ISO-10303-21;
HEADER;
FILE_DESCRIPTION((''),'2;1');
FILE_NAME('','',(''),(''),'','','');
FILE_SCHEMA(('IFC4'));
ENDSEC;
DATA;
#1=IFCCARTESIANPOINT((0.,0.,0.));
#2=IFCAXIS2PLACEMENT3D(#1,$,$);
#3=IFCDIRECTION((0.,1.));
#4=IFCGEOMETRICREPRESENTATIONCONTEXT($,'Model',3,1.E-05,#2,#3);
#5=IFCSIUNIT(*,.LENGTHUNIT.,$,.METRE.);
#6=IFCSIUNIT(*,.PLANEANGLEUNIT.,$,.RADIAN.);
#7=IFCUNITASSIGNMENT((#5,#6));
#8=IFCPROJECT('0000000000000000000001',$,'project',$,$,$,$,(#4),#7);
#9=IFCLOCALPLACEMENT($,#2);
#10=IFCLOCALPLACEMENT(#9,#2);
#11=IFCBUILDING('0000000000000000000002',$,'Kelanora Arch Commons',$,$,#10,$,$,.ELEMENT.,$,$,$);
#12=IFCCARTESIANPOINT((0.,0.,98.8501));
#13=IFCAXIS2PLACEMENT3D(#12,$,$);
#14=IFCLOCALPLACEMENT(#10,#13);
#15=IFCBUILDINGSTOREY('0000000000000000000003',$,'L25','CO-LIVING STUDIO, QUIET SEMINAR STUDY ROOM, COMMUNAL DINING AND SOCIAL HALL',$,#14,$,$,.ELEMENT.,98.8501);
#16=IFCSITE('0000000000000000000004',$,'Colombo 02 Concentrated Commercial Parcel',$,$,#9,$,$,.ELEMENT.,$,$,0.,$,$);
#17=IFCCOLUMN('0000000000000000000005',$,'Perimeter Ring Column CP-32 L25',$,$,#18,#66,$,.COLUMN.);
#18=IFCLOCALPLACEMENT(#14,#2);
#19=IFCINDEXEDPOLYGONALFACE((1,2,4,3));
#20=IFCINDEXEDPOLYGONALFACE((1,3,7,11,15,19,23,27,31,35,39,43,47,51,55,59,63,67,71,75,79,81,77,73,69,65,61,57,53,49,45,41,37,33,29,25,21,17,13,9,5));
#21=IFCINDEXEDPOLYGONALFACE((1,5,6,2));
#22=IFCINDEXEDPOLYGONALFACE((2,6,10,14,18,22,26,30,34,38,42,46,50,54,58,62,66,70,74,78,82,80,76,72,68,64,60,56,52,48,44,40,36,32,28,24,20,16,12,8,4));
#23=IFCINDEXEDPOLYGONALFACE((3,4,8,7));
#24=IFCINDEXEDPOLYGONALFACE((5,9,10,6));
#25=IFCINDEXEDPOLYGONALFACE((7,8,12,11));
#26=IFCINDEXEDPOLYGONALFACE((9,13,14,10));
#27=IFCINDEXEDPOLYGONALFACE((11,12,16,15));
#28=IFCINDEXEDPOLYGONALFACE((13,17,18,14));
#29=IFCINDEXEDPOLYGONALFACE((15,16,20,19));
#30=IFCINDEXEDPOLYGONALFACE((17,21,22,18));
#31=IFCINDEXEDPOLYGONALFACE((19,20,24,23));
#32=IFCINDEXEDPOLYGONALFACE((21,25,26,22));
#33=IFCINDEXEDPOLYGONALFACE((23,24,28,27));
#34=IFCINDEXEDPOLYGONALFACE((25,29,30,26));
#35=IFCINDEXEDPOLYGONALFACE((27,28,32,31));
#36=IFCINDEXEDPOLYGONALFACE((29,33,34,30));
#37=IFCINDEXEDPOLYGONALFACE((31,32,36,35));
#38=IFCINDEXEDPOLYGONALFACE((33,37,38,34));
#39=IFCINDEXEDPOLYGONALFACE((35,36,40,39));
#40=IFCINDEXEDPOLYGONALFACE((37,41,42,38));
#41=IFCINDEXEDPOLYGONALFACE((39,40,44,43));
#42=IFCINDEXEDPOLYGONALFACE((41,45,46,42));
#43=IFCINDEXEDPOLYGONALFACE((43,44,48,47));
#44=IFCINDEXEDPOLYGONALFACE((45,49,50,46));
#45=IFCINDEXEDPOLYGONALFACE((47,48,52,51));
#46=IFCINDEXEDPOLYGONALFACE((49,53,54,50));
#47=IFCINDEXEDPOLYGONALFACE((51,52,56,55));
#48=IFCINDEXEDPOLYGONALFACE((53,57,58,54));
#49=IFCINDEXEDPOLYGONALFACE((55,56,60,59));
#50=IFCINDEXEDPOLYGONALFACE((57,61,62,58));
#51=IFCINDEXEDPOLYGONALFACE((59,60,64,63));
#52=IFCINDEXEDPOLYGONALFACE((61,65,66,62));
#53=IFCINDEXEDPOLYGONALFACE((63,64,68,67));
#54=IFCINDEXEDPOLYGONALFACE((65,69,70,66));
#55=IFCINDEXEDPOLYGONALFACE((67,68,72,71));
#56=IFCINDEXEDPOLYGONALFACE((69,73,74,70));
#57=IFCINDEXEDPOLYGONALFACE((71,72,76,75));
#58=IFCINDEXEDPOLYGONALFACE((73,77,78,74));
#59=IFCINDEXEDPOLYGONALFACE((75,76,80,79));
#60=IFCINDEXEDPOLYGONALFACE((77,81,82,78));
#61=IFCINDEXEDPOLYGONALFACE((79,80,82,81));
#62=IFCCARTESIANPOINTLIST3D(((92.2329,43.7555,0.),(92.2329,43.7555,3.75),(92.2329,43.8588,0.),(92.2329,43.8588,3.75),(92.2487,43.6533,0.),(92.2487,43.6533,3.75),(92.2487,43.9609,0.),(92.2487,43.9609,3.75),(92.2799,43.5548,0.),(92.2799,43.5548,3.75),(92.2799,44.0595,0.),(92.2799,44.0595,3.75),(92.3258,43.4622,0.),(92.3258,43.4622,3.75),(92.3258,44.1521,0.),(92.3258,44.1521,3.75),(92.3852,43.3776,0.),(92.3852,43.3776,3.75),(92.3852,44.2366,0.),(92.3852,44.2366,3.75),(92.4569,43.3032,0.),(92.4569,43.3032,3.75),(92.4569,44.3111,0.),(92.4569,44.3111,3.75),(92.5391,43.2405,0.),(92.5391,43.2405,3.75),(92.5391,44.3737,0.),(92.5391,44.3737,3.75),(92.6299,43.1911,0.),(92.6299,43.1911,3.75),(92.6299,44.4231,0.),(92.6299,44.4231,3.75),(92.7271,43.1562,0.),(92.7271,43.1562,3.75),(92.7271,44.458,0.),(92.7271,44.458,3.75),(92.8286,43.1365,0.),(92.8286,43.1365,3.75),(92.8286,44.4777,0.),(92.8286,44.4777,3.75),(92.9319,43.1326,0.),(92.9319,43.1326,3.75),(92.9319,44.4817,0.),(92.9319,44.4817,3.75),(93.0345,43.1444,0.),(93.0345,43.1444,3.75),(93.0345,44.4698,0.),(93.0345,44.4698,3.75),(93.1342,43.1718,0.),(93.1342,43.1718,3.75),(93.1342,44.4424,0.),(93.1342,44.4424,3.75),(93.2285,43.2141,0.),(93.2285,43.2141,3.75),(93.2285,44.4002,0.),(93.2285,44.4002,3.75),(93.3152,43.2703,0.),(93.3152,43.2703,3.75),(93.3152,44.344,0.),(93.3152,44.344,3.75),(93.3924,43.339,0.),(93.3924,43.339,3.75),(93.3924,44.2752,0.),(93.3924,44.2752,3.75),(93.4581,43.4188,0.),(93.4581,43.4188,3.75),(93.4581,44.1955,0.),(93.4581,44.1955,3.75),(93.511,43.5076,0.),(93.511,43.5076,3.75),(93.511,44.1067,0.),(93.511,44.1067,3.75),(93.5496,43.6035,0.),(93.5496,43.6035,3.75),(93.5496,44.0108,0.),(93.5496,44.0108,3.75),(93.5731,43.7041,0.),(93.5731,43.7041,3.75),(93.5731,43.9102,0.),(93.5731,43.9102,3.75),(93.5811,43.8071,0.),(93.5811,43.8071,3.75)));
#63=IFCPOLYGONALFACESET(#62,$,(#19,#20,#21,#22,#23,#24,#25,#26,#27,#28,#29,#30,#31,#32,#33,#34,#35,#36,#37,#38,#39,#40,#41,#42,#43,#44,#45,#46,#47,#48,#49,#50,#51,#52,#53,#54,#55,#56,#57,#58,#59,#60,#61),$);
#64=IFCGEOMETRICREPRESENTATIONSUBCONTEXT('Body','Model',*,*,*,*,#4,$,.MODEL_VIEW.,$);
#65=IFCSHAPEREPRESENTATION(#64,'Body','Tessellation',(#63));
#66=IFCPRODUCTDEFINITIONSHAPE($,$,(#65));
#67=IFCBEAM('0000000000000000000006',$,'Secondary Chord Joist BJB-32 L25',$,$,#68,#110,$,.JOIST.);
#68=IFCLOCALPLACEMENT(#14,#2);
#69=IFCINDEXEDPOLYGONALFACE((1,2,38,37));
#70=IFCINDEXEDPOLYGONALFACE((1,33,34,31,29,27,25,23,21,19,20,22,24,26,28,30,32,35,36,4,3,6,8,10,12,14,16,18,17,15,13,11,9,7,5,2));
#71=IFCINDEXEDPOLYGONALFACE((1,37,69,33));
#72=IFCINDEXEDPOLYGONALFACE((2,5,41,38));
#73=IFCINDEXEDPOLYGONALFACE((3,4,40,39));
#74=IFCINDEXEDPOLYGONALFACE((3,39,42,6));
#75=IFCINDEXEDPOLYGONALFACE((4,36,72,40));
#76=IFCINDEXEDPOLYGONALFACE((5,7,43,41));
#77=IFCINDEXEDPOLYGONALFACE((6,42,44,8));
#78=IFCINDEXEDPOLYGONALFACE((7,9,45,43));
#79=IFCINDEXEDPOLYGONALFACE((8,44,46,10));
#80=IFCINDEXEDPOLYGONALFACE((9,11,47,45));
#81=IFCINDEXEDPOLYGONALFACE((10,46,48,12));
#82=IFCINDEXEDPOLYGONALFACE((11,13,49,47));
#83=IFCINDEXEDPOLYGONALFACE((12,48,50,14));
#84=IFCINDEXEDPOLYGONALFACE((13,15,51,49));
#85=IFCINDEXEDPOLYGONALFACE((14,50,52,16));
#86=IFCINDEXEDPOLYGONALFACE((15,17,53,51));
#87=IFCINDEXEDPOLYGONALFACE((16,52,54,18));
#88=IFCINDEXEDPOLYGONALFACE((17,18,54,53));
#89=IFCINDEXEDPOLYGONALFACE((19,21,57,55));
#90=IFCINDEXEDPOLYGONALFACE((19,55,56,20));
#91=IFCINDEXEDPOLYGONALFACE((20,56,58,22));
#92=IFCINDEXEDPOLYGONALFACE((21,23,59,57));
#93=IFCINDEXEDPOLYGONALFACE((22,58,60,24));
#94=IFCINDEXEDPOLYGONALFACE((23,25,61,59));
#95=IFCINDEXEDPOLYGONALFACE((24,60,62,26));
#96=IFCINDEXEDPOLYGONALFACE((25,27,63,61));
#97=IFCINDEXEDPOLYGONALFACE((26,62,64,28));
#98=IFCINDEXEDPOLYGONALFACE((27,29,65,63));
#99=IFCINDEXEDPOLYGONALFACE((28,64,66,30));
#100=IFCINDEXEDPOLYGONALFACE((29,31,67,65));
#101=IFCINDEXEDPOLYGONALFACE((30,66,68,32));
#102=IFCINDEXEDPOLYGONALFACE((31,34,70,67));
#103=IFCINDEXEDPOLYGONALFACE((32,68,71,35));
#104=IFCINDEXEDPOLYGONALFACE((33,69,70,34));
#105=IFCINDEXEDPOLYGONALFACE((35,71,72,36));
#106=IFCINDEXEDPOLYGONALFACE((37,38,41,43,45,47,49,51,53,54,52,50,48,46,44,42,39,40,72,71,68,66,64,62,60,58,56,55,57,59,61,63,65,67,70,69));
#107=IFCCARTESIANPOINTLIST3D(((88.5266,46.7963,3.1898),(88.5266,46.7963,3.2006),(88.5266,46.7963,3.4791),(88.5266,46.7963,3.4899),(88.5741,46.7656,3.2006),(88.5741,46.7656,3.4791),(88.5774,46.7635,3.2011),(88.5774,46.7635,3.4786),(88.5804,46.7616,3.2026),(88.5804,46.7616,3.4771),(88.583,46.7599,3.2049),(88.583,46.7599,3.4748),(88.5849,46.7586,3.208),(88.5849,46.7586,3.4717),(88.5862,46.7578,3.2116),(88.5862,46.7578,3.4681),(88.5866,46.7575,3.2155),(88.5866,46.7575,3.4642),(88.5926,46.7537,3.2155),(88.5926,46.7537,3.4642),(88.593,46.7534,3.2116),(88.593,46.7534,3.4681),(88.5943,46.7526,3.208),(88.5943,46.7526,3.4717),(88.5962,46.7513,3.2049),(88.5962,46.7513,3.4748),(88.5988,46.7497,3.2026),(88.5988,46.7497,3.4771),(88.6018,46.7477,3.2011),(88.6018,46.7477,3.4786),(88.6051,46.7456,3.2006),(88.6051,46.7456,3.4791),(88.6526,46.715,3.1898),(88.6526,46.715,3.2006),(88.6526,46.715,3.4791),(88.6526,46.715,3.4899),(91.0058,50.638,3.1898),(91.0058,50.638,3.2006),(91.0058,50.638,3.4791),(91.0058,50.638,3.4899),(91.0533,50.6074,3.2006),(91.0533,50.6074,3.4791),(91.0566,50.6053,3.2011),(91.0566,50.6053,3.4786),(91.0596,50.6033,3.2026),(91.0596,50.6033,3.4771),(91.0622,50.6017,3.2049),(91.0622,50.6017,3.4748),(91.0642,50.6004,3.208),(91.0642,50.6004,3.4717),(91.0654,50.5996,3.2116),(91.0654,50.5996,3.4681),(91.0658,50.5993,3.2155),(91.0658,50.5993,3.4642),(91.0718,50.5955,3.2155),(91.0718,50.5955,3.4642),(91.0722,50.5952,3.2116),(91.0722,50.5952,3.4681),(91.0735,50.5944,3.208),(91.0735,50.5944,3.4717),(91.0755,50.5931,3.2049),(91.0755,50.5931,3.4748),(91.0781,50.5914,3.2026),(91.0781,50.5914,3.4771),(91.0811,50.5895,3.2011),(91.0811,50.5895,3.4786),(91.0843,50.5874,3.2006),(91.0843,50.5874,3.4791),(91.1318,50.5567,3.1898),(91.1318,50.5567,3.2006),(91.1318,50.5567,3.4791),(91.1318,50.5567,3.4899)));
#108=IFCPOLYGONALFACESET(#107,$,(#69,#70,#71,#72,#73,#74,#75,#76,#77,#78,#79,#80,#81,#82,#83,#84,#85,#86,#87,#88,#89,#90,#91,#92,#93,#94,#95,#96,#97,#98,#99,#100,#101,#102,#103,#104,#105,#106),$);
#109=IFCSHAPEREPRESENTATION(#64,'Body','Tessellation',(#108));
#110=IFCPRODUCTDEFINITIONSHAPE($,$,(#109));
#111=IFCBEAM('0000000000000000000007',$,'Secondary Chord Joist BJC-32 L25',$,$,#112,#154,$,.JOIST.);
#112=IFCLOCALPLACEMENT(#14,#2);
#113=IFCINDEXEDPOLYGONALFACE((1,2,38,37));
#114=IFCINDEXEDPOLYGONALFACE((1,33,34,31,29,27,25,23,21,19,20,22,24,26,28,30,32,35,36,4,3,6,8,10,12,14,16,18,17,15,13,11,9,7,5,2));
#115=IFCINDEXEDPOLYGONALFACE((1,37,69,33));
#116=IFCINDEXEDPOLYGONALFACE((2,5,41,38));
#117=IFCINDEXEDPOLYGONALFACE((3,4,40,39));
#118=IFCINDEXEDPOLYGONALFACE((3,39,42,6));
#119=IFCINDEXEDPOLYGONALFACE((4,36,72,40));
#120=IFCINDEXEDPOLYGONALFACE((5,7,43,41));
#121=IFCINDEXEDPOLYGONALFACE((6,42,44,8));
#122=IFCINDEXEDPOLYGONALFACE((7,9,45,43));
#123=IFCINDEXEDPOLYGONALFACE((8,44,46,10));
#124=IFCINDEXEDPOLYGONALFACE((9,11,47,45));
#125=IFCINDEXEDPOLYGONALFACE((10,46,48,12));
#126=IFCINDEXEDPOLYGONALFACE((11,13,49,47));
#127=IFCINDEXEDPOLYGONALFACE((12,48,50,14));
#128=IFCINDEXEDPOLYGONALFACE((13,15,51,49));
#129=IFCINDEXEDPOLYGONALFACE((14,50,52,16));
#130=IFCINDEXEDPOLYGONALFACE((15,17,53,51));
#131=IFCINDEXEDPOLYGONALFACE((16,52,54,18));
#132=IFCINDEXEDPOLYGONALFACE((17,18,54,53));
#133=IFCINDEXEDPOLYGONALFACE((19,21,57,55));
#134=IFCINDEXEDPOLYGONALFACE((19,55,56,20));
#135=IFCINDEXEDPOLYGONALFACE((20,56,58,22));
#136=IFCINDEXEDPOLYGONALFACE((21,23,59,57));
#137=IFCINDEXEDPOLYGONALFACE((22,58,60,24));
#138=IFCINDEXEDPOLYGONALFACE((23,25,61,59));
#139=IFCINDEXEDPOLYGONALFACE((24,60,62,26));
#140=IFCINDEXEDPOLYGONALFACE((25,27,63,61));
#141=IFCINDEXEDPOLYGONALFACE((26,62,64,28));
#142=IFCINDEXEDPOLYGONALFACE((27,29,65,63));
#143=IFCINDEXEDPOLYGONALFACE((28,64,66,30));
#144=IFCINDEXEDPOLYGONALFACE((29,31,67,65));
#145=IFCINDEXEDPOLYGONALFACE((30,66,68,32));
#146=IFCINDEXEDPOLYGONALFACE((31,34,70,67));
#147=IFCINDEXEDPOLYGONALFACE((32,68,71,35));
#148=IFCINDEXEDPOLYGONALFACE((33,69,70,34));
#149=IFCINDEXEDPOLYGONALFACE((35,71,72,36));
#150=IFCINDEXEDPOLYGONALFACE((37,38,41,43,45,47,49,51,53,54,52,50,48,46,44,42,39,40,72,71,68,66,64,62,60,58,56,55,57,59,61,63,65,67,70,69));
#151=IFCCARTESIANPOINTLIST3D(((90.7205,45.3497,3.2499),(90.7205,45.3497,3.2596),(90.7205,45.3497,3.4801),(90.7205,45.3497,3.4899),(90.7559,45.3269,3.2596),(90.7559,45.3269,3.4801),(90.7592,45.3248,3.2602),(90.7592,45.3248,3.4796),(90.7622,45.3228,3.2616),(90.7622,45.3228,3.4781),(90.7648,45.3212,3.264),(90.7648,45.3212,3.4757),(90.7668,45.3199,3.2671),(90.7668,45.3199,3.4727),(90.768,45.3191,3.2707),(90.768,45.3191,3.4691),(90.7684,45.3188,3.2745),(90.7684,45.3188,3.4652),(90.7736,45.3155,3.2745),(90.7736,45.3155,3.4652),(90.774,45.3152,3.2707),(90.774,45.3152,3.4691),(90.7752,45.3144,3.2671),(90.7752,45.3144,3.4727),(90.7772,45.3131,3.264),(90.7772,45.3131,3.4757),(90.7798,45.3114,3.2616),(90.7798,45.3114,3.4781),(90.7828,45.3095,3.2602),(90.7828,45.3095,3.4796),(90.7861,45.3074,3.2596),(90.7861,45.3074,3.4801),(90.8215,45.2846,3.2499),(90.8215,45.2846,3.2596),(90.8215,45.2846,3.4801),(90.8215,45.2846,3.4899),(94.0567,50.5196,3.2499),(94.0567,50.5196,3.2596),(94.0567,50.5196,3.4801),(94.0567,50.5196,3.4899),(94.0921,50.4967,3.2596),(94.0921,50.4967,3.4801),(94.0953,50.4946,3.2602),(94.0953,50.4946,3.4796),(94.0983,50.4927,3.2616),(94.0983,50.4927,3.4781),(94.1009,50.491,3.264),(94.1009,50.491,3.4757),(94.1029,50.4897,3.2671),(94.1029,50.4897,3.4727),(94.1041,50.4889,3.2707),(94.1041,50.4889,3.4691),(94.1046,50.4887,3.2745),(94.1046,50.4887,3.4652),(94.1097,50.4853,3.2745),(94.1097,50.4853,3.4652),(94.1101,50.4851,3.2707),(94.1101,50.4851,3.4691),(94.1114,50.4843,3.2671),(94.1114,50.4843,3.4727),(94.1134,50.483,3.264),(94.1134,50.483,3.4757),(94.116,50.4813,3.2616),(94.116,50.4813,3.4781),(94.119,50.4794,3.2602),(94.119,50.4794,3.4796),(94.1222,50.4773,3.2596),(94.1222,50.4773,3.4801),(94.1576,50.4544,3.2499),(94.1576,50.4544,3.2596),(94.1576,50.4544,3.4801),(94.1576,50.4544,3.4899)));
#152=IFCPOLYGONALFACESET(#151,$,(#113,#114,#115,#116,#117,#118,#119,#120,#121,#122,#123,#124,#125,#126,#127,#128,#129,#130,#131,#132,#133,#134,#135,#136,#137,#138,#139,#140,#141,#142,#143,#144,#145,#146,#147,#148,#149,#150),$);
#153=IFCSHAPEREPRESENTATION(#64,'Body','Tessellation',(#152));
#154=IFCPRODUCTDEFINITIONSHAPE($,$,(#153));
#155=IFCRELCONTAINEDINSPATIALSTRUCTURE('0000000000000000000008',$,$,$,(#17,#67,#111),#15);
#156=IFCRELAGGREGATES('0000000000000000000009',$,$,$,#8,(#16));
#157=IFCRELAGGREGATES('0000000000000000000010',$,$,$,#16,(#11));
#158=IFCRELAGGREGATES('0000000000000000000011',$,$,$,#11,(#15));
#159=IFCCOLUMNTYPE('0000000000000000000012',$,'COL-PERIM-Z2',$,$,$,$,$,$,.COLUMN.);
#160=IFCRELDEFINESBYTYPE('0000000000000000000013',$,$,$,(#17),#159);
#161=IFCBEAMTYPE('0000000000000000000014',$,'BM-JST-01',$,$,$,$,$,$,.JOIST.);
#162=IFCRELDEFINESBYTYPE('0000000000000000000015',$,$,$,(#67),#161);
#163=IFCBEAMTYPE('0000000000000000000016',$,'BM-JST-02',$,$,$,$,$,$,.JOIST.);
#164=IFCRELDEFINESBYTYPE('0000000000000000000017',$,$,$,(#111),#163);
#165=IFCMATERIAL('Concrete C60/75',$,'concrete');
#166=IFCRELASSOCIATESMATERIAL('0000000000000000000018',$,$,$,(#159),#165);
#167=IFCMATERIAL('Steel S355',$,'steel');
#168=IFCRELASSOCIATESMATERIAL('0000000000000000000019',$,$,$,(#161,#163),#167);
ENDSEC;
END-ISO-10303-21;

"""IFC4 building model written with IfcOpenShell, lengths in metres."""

from ifc_helpers import new_model, si_unit, direction, frame, origin, origin_2d, place, context, subcontext, project, spatial, circle, i_section, extrude, material, material_profile, profile_set, type_object, element, save


model = new_model("IFC4")

# Units and contexts
model_context = context("Model", 3, precision=1e-05, world=origin(), true_north=direction((0.0, 1.0)))
body_context = subcontext(model_context, "Body", "Model", "MODEL_VIEW")
ifc_project = project(units=[si_unit("LENGTHUNIT", "METRE"), si_unit("PLANEANGLEUNIT", "RADIAN")], contexts=[model_context])

# Site, building, storey
site_placement = place(None, origin())
site = spatial("IfcSite", under=ifc_project, at=site_placement, Name="Colombo 02 Concentrated Commercial Parcel", CompositionType="ELEMENT", RefElevation=0.0)
building_placement = place(site_placement, origin())
building = spatial("IfcBuilding", under=site, at=building_placement, Name="Kelanora Arch Commons", CompositionType="ELEMENT")
storey_placement = place(building_placement, frame((0.0, 0.0, 98.8501)))
storey = spatial("IfcBuildingStorey", under=building, at=storey_placement, Name="L25", Description="CO-LIVING STUDIO, QUIET SEMINAR STUDY ROOM, COMMUNAL DINING AND SOCIAL HALL", CompositionType="ELEMENT", Elevation=98.8501)

# Column
ifc_material_1 = material(Name="Concrete C60/75", Category="concrete")
ifc_material_profile_1 = material_profile(ifc_material_1, circle(Radius=0.675, at=origin_2d()), Name="RCC1350")
ifc_profile_set_1 = profile_set([ifc_material_profile_1], Name="Concrete C60/75")
column_type = type_object("IfcColumnType", Name="COL-PERIM-Z2", PredefinedType="COLUMN", material=ifc_profile_set_1)
column_placement = place(storey_placement, frame((92.906, 43.8071, 0.0), z_axis=(0.0, 0.0, 1.0), x_axis=(1.0, 0.0, 0.0)))
element("IfcColumn", 1, at=column_placement, inside=storey, type_object=column_type, Name="Perimeter Ring Column CP-32 L25", PredefinedType="COLUMN", context=body_context, shape_type="SweptSolid", body=[
    extrude(circle(Radius=0.675, at=origin_2d()), origin(), (0.0, 0.0, 1.0), 3.75),
])

# Beams
ifc_material_2 = material(Name="Steel S355", Category="steel")
ifc_material_profile_2 = material_profile(ifc_material_2, i_section(OverallWidth=0.1499, OverallDepth=0.3, WebThickness=0.0071, FlangeThickness=0.0107, FilletRadius=0.0149, at=origin_2d()), Name="IPE300")
ifc_profile_set_2 = profile_set([ifc_material_profile_2], Name="Steel S355")
beam_type_1 = type_object("IfcBeamType", Name="BM-JST-01", PredefinedType="JOIST", material=ifc_profile_set_2)
beam_1_placement = place(storey_placement, frame((88.5896, 46.7556, 3.3398), z_axis=(0.54223, 0.84023, 0.0), x_axis=(-0.84023, 0.54223, 0.0)))
element("IfcBeam", 2, at=beam_1_placement, inside=storey, type_object=beam_type_1, Name="Secondary Chord Joist BJB-32 L25", PredefinedType="JOIST", context=body_context, shape_type="SweptSolid", body=[
    extrude(i_section(OverallWidth=0.1499, OverallDepth=0.3, WebThickness=0.0071, FlangeThickness=0.0107, FilletRadius=0.0149, at=origin_2d()), origin(), (0.0, 0.0, 1.0), 4.5723),
])
ifc_material_profile_3 = material_profile(ifc_material_2, i_section(OverallWidth=0.1201, OverallDepth=0.24, WebThickness=0.0061, FlangeThickness=0.0098, FilletRadius=0.0149, at=origin_2d()), Name="IPE240")
ifc_profile_set_3 = profile_set([ifc_material_profile_3], Name="Steel S355")
beam_type_2 = type_object("IfcBeamType", Name="BM-JST-02", PredefinedType="JOIST", material=ifc_profile_set_3)
beam_2_placement = place(storey_placement, frame((90.771, 45.3171, 3.3699), z_axis=(0.542213, 0.840241, 0.0), x_axis=(-0.840241, 0.542213, 0.0)))
element("IfcBeam", 3, at=beam_2_placement, inside=storey, type_object=beam_type_2, Name="Secondary Chord Joist BJC-32 L25", PredefinedType="JOIST", context=body_context, shape_type="SweptSolid", body=[
    extrude(i_section(OverallWidth=0.1201, OverallDepth=0.24, WebThickness=0.0061, FlangeThickness=0.0098, FilletRadius=0.0149, at=origin_2d()), origin(), (0.0, 0.0, 1.0), 6.1528),
])

save(model, "model.ifc")
